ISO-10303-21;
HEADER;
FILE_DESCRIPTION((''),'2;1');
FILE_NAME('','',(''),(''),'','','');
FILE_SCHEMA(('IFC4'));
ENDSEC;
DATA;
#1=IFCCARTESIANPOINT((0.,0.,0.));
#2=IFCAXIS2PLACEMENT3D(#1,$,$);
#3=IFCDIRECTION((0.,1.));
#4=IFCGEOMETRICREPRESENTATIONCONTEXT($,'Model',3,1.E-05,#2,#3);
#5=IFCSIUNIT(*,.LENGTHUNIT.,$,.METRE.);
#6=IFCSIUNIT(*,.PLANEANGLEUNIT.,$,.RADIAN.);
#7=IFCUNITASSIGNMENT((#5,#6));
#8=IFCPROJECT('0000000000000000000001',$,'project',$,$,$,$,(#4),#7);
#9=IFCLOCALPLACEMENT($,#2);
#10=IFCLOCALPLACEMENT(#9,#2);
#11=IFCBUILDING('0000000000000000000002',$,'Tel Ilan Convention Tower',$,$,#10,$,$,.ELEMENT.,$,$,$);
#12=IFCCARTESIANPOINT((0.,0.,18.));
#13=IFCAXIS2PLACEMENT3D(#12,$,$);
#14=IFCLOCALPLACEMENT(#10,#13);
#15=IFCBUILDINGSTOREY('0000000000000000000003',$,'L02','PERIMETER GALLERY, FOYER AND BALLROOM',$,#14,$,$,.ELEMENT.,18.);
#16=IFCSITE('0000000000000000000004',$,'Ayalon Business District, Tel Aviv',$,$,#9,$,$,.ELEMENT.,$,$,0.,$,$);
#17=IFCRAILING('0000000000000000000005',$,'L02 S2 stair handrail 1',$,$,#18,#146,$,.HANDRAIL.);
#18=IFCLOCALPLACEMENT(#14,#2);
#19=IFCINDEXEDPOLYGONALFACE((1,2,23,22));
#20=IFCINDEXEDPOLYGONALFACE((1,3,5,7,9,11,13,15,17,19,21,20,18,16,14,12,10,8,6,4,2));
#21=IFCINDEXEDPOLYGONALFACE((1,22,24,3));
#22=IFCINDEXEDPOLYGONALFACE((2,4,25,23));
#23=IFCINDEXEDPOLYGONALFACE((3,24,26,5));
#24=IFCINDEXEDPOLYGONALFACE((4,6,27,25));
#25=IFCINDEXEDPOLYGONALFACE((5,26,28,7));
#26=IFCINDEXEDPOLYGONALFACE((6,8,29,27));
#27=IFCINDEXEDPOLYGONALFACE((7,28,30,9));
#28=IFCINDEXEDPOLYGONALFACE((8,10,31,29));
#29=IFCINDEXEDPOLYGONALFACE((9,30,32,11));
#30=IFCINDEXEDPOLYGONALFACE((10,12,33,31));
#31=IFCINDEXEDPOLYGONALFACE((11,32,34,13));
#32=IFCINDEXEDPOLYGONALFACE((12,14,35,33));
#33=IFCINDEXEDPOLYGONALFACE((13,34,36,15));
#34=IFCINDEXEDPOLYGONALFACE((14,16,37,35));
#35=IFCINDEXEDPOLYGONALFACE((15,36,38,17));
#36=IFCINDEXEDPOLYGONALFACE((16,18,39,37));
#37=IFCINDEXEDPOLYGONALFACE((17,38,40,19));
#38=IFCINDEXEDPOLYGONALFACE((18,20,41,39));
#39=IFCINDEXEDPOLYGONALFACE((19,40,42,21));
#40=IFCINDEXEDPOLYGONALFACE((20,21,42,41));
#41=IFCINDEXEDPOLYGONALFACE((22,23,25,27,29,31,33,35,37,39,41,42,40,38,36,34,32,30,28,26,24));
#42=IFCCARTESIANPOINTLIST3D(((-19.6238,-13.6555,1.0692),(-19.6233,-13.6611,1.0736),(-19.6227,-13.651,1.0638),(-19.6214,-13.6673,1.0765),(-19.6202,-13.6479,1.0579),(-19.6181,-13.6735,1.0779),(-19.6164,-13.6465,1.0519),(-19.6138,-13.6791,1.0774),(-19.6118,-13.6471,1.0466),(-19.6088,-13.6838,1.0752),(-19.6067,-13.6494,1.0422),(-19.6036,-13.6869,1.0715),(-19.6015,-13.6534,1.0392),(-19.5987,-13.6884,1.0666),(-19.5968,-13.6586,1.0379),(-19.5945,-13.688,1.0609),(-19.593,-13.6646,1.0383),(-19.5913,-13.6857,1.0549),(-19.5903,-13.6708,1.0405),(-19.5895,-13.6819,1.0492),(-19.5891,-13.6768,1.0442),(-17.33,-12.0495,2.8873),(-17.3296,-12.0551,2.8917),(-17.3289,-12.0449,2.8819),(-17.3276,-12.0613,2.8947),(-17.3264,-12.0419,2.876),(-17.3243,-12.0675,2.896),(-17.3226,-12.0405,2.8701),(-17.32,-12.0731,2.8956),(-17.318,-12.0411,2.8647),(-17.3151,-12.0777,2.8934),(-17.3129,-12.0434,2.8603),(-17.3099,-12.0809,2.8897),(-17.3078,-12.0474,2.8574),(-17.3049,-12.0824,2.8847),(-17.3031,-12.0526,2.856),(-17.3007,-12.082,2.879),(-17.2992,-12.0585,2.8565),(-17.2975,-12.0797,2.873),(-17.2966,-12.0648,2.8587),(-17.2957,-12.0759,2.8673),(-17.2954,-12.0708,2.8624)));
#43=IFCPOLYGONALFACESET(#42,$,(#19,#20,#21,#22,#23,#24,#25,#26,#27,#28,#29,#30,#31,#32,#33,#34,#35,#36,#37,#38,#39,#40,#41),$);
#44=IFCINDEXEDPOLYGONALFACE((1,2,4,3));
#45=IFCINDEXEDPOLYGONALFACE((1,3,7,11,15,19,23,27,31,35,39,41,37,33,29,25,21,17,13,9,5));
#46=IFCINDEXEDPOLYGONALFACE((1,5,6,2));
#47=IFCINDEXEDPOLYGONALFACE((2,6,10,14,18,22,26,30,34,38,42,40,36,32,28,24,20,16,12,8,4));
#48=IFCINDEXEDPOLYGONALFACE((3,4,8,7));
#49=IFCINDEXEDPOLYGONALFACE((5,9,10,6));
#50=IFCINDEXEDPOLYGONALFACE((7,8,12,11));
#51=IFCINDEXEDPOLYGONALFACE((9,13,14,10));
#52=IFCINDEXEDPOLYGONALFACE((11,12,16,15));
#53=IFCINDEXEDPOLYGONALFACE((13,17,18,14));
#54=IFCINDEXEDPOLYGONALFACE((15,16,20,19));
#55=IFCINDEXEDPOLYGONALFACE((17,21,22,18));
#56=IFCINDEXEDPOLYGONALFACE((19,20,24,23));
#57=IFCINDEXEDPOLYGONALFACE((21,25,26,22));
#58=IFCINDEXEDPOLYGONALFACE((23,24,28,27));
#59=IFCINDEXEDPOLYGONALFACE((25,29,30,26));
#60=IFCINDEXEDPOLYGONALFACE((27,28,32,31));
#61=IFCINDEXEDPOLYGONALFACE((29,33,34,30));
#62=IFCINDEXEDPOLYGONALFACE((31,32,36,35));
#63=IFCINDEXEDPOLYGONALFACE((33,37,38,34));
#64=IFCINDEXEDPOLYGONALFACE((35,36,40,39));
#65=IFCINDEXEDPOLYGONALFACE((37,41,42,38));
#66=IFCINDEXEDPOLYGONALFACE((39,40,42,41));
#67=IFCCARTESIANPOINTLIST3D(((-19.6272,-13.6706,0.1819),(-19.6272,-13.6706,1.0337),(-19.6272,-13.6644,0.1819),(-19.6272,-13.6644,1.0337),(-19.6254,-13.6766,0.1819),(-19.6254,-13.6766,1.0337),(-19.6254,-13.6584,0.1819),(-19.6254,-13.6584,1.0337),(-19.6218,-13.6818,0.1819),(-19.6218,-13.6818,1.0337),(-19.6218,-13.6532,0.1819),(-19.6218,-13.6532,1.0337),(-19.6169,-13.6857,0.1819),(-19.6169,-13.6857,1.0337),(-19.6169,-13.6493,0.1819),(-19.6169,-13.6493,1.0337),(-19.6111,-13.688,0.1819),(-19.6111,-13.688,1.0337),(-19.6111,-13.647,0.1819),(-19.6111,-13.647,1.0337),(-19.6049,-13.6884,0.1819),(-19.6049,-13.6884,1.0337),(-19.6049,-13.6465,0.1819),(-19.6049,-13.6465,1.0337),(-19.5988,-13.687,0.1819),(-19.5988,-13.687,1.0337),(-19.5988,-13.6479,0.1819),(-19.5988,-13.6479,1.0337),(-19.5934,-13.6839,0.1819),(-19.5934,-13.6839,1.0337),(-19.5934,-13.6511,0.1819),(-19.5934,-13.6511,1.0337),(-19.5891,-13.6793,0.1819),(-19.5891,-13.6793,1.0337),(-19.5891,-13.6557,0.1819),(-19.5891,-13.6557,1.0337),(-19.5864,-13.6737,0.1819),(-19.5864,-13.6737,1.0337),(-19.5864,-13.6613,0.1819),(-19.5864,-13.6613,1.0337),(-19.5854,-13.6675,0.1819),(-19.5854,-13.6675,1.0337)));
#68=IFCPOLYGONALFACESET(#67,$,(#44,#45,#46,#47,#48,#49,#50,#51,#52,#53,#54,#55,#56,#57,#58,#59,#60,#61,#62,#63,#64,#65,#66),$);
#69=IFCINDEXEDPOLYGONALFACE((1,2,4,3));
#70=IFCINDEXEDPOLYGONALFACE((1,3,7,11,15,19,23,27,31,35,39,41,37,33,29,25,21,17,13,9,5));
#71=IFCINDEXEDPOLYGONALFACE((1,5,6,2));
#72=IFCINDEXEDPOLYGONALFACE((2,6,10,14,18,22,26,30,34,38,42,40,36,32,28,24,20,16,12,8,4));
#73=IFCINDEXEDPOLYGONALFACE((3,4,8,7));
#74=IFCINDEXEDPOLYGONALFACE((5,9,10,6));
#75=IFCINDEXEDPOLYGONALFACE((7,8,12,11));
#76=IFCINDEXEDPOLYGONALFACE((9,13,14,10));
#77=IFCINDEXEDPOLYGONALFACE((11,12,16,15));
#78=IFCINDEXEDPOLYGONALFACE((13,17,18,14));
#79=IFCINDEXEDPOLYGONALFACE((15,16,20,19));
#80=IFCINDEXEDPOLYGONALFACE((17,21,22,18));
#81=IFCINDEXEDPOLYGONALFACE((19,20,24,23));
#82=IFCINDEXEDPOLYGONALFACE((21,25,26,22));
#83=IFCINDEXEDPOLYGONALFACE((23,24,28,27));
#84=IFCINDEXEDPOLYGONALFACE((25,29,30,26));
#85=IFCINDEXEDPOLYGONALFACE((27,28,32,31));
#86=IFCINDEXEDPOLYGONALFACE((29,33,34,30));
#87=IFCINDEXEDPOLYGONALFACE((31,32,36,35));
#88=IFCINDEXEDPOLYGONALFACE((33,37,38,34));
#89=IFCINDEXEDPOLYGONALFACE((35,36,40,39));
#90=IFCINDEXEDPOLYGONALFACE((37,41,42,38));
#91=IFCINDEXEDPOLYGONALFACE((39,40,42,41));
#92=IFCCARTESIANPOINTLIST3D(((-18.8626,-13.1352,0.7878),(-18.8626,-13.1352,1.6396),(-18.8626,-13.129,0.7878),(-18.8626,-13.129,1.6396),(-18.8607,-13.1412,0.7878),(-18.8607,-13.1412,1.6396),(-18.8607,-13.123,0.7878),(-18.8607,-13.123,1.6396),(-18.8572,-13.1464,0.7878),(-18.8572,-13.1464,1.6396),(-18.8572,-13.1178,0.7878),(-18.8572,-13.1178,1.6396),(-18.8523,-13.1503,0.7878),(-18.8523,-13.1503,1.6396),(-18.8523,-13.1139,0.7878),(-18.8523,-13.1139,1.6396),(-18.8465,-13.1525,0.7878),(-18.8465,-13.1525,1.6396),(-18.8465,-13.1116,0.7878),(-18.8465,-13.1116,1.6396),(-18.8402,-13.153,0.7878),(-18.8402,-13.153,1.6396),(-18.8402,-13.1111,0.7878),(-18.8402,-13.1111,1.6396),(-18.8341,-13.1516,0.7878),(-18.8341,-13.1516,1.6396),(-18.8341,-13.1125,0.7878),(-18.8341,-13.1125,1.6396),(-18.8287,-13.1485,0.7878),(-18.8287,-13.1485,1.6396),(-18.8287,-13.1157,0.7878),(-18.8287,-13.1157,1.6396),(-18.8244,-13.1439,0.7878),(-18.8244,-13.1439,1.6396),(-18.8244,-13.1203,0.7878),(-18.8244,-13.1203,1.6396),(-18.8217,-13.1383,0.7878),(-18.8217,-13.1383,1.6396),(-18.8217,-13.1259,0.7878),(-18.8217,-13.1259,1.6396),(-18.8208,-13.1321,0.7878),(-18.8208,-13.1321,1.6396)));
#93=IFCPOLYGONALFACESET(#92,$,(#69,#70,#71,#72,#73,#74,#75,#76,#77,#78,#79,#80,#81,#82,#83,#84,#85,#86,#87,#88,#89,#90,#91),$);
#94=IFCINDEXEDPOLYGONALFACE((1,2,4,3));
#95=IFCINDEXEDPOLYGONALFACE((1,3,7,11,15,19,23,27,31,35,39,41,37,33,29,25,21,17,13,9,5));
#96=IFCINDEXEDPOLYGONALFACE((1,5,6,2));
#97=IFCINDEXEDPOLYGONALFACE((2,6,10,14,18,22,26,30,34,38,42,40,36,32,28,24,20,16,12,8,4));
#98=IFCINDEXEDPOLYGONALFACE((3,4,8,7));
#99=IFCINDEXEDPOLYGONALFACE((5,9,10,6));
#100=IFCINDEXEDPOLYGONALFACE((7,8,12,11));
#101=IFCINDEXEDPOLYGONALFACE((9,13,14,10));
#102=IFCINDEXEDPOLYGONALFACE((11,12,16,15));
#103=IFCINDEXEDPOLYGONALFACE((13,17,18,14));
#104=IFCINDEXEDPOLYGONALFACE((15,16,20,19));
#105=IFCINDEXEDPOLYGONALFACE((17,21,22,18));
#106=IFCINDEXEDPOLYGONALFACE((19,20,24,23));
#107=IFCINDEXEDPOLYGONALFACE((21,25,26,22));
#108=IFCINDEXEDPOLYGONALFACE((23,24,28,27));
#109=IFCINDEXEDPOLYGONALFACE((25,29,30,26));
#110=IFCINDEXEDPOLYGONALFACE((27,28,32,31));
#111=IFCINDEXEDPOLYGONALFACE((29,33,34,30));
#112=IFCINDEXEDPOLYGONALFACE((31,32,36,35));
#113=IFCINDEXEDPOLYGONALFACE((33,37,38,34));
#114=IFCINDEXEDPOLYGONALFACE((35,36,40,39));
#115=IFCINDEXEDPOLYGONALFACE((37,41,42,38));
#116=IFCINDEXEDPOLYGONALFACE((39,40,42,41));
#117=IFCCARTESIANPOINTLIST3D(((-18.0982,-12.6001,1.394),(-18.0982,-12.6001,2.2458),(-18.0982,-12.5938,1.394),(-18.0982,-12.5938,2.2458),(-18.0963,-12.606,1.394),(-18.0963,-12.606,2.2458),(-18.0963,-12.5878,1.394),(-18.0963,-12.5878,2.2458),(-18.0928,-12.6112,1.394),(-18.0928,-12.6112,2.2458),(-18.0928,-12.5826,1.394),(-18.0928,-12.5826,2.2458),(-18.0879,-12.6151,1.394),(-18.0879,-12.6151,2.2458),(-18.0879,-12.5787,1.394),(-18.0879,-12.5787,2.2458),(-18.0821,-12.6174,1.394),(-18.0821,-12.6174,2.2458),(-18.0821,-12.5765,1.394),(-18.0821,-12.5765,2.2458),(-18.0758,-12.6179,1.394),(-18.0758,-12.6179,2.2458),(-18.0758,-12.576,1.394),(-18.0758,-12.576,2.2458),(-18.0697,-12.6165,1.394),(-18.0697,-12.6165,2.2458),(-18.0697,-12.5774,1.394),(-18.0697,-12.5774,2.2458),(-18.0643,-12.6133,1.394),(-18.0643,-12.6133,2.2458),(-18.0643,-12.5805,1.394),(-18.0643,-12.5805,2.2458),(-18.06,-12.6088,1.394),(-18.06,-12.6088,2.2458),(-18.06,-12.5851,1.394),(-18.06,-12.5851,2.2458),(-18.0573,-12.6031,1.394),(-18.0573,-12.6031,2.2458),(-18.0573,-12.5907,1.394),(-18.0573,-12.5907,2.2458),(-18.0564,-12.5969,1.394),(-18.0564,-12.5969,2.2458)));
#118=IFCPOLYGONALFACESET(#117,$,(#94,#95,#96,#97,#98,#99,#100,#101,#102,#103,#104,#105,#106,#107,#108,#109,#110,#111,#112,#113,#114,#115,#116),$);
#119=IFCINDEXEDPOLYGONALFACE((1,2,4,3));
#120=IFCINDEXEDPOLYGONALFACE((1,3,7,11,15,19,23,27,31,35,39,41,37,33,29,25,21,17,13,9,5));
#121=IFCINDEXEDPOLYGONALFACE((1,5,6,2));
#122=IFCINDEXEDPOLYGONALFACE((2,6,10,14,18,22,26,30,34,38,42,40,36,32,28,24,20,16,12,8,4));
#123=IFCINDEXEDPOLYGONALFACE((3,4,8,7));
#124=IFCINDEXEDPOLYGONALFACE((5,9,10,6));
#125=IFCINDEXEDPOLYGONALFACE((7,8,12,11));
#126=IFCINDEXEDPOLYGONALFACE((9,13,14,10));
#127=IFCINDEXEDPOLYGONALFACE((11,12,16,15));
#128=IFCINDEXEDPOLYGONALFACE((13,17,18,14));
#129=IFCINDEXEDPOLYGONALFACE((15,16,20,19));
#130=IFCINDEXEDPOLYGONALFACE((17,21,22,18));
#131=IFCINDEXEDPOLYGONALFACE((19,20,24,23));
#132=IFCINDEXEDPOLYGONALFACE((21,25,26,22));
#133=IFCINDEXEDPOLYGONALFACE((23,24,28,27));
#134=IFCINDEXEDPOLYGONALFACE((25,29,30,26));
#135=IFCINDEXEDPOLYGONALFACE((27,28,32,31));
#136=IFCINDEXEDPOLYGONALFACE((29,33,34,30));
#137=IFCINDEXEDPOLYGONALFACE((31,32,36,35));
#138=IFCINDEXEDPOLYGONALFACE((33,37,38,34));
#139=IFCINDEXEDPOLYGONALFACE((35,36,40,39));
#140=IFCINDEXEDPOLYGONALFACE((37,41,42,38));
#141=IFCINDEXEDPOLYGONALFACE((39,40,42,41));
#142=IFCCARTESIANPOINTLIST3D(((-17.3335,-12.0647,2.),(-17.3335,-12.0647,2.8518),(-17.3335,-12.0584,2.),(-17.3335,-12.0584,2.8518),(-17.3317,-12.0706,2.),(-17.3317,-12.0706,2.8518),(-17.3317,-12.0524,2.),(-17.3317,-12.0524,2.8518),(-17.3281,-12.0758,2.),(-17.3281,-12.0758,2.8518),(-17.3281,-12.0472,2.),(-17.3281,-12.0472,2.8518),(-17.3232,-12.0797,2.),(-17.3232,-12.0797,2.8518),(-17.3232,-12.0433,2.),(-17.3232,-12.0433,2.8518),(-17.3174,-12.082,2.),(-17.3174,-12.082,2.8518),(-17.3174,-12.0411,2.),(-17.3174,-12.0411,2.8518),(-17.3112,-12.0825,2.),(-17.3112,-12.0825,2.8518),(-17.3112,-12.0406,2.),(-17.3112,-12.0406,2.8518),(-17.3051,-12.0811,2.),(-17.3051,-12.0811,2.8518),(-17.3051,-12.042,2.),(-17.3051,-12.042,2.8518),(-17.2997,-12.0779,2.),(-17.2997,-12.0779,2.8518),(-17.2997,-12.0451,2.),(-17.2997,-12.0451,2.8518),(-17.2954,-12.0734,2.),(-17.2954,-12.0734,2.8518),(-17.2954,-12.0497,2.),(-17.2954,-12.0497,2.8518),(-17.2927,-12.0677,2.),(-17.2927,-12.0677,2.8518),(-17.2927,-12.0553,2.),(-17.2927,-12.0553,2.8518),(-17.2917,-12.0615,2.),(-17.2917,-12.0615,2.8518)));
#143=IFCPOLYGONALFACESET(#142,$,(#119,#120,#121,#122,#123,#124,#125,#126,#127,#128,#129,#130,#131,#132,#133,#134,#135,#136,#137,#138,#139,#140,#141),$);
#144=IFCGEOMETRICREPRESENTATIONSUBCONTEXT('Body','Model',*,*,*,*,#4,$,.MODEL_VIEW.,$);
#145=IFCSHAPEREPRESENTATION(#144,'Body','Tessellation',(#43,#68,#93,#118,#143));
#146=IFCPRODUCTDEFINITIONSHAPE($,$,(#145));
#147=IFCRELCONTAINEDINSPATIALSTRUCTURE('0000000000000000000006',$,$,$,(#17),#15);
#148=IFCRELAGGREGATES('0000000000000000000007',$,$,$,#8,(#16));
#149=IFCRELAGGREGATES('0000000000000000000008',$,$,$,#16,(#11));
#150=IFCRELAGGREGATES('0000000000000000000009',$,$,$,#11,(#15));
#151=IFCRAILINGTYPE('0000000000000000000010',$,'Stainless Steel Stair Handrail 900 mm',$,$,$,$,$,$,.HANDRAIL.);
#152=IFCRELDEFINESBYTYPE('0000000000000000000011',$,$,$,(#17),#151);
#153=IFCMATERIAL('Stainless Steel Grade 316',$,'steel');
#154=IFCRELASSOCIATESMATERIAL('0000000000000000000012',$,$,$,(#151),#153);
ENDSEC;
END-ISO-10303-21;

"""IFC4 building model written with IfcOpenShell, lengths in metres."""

from ifc_helpers import new_model, si_unit, direction, frame, origin, origin_2d, place, context, subcontext, project, spatial, circle, extrude, material, type_object, element, save


model = new_model("IFC4")

# Units and contexts
model_context = context("Model", 3, precision=1e-05, world=origin(), true_north=direction((0.0, 1.0)))
body_context = subcontext(model_context, "Body", "Model", "MODEL_VIEW")
ifc_project = project(units=[si_unit("LENGTHUNIT", "METRE"), si_unit("PLANEANGLEUNIT", "RADIAN")], contexts=[model_context])

# Site, building, storey
site_placement = place(None, origin())
site = spatial("IfcSite", under=ifc_project, at=site_placement, Name="Ayalon Business District, Tel Aviv", CompositionType="ELEMENT", RefElevation=0.0)
building_placement = place(site_placement, origin())
building = spatial("IfcBuilding", under=site, at=building_placement, Name="Tel Ilan Convention Tower", CompositionType="ELEMENT")
storey_placement = place(building_placement, frame((0.0, 0.0, 18.0)))
storey = spatial("IfcBuildingStorey", under=building, at=storey_placement, Name="L02", Description="PERIMETER GALLERY, FOYER AND BALLROOM", CompositionType="ELEMENT", Elevation=18.0)

# Railing
ifc_material_1 = material(Name="Stainless Steel Grade 316", Category="steel")
railing_type = type_object("IfcRailingType", Name="Stainless Steel Stair Handrail 900 mm", PredefinedType="HANDRAIL", material=ifc_material_1)
for number, where, name in (
    (1, (-19.6064, -13.6675, 0.1819), "L02 S2 stair handrail 1"),
):
    element("IfcRailing", number, at=place(storey_placement, frame(where)), inside=storey, type_object=railing_type, Name=name, PredefinedType="HANDRAIL", context=body_context, shape_type="SweptSolid", body=[
        extrude(circle(Radius=0.0239, at=origin_2d()), frame((0.0, 0.0, 0.876), z_axis=(0.687042, 0.481039, 0.544587), x_axis=(-0.57355, 0.81917, 0.0)), (0.0, 0.0, 1.0), 3.3386),
        extrude(circle(Radius=0.021, at=origin_2d()), origin(), (0.0, 0.0, 1.0), 0.8518),
        extrude(circle(Radius=0.021, at=origin_2d()), frame((0.7646, 0.5354, 0.606)), (0.0, 0.0, 1.0), 0.8518),
        extrude(circle(Radius=0.021, at=origin_2d()), frame((1.5291, 1.0706, 1.2122)), (0.0, 0.0, 1.0), 0.8518),
        extrude(circle(Radius=0.021, at=origin_2d()), frame((2.2937, 1.606, 1.8181)), (0.0, 0.0, 1.0), 0.8518),
    ])

save(model, "model.ifc")
